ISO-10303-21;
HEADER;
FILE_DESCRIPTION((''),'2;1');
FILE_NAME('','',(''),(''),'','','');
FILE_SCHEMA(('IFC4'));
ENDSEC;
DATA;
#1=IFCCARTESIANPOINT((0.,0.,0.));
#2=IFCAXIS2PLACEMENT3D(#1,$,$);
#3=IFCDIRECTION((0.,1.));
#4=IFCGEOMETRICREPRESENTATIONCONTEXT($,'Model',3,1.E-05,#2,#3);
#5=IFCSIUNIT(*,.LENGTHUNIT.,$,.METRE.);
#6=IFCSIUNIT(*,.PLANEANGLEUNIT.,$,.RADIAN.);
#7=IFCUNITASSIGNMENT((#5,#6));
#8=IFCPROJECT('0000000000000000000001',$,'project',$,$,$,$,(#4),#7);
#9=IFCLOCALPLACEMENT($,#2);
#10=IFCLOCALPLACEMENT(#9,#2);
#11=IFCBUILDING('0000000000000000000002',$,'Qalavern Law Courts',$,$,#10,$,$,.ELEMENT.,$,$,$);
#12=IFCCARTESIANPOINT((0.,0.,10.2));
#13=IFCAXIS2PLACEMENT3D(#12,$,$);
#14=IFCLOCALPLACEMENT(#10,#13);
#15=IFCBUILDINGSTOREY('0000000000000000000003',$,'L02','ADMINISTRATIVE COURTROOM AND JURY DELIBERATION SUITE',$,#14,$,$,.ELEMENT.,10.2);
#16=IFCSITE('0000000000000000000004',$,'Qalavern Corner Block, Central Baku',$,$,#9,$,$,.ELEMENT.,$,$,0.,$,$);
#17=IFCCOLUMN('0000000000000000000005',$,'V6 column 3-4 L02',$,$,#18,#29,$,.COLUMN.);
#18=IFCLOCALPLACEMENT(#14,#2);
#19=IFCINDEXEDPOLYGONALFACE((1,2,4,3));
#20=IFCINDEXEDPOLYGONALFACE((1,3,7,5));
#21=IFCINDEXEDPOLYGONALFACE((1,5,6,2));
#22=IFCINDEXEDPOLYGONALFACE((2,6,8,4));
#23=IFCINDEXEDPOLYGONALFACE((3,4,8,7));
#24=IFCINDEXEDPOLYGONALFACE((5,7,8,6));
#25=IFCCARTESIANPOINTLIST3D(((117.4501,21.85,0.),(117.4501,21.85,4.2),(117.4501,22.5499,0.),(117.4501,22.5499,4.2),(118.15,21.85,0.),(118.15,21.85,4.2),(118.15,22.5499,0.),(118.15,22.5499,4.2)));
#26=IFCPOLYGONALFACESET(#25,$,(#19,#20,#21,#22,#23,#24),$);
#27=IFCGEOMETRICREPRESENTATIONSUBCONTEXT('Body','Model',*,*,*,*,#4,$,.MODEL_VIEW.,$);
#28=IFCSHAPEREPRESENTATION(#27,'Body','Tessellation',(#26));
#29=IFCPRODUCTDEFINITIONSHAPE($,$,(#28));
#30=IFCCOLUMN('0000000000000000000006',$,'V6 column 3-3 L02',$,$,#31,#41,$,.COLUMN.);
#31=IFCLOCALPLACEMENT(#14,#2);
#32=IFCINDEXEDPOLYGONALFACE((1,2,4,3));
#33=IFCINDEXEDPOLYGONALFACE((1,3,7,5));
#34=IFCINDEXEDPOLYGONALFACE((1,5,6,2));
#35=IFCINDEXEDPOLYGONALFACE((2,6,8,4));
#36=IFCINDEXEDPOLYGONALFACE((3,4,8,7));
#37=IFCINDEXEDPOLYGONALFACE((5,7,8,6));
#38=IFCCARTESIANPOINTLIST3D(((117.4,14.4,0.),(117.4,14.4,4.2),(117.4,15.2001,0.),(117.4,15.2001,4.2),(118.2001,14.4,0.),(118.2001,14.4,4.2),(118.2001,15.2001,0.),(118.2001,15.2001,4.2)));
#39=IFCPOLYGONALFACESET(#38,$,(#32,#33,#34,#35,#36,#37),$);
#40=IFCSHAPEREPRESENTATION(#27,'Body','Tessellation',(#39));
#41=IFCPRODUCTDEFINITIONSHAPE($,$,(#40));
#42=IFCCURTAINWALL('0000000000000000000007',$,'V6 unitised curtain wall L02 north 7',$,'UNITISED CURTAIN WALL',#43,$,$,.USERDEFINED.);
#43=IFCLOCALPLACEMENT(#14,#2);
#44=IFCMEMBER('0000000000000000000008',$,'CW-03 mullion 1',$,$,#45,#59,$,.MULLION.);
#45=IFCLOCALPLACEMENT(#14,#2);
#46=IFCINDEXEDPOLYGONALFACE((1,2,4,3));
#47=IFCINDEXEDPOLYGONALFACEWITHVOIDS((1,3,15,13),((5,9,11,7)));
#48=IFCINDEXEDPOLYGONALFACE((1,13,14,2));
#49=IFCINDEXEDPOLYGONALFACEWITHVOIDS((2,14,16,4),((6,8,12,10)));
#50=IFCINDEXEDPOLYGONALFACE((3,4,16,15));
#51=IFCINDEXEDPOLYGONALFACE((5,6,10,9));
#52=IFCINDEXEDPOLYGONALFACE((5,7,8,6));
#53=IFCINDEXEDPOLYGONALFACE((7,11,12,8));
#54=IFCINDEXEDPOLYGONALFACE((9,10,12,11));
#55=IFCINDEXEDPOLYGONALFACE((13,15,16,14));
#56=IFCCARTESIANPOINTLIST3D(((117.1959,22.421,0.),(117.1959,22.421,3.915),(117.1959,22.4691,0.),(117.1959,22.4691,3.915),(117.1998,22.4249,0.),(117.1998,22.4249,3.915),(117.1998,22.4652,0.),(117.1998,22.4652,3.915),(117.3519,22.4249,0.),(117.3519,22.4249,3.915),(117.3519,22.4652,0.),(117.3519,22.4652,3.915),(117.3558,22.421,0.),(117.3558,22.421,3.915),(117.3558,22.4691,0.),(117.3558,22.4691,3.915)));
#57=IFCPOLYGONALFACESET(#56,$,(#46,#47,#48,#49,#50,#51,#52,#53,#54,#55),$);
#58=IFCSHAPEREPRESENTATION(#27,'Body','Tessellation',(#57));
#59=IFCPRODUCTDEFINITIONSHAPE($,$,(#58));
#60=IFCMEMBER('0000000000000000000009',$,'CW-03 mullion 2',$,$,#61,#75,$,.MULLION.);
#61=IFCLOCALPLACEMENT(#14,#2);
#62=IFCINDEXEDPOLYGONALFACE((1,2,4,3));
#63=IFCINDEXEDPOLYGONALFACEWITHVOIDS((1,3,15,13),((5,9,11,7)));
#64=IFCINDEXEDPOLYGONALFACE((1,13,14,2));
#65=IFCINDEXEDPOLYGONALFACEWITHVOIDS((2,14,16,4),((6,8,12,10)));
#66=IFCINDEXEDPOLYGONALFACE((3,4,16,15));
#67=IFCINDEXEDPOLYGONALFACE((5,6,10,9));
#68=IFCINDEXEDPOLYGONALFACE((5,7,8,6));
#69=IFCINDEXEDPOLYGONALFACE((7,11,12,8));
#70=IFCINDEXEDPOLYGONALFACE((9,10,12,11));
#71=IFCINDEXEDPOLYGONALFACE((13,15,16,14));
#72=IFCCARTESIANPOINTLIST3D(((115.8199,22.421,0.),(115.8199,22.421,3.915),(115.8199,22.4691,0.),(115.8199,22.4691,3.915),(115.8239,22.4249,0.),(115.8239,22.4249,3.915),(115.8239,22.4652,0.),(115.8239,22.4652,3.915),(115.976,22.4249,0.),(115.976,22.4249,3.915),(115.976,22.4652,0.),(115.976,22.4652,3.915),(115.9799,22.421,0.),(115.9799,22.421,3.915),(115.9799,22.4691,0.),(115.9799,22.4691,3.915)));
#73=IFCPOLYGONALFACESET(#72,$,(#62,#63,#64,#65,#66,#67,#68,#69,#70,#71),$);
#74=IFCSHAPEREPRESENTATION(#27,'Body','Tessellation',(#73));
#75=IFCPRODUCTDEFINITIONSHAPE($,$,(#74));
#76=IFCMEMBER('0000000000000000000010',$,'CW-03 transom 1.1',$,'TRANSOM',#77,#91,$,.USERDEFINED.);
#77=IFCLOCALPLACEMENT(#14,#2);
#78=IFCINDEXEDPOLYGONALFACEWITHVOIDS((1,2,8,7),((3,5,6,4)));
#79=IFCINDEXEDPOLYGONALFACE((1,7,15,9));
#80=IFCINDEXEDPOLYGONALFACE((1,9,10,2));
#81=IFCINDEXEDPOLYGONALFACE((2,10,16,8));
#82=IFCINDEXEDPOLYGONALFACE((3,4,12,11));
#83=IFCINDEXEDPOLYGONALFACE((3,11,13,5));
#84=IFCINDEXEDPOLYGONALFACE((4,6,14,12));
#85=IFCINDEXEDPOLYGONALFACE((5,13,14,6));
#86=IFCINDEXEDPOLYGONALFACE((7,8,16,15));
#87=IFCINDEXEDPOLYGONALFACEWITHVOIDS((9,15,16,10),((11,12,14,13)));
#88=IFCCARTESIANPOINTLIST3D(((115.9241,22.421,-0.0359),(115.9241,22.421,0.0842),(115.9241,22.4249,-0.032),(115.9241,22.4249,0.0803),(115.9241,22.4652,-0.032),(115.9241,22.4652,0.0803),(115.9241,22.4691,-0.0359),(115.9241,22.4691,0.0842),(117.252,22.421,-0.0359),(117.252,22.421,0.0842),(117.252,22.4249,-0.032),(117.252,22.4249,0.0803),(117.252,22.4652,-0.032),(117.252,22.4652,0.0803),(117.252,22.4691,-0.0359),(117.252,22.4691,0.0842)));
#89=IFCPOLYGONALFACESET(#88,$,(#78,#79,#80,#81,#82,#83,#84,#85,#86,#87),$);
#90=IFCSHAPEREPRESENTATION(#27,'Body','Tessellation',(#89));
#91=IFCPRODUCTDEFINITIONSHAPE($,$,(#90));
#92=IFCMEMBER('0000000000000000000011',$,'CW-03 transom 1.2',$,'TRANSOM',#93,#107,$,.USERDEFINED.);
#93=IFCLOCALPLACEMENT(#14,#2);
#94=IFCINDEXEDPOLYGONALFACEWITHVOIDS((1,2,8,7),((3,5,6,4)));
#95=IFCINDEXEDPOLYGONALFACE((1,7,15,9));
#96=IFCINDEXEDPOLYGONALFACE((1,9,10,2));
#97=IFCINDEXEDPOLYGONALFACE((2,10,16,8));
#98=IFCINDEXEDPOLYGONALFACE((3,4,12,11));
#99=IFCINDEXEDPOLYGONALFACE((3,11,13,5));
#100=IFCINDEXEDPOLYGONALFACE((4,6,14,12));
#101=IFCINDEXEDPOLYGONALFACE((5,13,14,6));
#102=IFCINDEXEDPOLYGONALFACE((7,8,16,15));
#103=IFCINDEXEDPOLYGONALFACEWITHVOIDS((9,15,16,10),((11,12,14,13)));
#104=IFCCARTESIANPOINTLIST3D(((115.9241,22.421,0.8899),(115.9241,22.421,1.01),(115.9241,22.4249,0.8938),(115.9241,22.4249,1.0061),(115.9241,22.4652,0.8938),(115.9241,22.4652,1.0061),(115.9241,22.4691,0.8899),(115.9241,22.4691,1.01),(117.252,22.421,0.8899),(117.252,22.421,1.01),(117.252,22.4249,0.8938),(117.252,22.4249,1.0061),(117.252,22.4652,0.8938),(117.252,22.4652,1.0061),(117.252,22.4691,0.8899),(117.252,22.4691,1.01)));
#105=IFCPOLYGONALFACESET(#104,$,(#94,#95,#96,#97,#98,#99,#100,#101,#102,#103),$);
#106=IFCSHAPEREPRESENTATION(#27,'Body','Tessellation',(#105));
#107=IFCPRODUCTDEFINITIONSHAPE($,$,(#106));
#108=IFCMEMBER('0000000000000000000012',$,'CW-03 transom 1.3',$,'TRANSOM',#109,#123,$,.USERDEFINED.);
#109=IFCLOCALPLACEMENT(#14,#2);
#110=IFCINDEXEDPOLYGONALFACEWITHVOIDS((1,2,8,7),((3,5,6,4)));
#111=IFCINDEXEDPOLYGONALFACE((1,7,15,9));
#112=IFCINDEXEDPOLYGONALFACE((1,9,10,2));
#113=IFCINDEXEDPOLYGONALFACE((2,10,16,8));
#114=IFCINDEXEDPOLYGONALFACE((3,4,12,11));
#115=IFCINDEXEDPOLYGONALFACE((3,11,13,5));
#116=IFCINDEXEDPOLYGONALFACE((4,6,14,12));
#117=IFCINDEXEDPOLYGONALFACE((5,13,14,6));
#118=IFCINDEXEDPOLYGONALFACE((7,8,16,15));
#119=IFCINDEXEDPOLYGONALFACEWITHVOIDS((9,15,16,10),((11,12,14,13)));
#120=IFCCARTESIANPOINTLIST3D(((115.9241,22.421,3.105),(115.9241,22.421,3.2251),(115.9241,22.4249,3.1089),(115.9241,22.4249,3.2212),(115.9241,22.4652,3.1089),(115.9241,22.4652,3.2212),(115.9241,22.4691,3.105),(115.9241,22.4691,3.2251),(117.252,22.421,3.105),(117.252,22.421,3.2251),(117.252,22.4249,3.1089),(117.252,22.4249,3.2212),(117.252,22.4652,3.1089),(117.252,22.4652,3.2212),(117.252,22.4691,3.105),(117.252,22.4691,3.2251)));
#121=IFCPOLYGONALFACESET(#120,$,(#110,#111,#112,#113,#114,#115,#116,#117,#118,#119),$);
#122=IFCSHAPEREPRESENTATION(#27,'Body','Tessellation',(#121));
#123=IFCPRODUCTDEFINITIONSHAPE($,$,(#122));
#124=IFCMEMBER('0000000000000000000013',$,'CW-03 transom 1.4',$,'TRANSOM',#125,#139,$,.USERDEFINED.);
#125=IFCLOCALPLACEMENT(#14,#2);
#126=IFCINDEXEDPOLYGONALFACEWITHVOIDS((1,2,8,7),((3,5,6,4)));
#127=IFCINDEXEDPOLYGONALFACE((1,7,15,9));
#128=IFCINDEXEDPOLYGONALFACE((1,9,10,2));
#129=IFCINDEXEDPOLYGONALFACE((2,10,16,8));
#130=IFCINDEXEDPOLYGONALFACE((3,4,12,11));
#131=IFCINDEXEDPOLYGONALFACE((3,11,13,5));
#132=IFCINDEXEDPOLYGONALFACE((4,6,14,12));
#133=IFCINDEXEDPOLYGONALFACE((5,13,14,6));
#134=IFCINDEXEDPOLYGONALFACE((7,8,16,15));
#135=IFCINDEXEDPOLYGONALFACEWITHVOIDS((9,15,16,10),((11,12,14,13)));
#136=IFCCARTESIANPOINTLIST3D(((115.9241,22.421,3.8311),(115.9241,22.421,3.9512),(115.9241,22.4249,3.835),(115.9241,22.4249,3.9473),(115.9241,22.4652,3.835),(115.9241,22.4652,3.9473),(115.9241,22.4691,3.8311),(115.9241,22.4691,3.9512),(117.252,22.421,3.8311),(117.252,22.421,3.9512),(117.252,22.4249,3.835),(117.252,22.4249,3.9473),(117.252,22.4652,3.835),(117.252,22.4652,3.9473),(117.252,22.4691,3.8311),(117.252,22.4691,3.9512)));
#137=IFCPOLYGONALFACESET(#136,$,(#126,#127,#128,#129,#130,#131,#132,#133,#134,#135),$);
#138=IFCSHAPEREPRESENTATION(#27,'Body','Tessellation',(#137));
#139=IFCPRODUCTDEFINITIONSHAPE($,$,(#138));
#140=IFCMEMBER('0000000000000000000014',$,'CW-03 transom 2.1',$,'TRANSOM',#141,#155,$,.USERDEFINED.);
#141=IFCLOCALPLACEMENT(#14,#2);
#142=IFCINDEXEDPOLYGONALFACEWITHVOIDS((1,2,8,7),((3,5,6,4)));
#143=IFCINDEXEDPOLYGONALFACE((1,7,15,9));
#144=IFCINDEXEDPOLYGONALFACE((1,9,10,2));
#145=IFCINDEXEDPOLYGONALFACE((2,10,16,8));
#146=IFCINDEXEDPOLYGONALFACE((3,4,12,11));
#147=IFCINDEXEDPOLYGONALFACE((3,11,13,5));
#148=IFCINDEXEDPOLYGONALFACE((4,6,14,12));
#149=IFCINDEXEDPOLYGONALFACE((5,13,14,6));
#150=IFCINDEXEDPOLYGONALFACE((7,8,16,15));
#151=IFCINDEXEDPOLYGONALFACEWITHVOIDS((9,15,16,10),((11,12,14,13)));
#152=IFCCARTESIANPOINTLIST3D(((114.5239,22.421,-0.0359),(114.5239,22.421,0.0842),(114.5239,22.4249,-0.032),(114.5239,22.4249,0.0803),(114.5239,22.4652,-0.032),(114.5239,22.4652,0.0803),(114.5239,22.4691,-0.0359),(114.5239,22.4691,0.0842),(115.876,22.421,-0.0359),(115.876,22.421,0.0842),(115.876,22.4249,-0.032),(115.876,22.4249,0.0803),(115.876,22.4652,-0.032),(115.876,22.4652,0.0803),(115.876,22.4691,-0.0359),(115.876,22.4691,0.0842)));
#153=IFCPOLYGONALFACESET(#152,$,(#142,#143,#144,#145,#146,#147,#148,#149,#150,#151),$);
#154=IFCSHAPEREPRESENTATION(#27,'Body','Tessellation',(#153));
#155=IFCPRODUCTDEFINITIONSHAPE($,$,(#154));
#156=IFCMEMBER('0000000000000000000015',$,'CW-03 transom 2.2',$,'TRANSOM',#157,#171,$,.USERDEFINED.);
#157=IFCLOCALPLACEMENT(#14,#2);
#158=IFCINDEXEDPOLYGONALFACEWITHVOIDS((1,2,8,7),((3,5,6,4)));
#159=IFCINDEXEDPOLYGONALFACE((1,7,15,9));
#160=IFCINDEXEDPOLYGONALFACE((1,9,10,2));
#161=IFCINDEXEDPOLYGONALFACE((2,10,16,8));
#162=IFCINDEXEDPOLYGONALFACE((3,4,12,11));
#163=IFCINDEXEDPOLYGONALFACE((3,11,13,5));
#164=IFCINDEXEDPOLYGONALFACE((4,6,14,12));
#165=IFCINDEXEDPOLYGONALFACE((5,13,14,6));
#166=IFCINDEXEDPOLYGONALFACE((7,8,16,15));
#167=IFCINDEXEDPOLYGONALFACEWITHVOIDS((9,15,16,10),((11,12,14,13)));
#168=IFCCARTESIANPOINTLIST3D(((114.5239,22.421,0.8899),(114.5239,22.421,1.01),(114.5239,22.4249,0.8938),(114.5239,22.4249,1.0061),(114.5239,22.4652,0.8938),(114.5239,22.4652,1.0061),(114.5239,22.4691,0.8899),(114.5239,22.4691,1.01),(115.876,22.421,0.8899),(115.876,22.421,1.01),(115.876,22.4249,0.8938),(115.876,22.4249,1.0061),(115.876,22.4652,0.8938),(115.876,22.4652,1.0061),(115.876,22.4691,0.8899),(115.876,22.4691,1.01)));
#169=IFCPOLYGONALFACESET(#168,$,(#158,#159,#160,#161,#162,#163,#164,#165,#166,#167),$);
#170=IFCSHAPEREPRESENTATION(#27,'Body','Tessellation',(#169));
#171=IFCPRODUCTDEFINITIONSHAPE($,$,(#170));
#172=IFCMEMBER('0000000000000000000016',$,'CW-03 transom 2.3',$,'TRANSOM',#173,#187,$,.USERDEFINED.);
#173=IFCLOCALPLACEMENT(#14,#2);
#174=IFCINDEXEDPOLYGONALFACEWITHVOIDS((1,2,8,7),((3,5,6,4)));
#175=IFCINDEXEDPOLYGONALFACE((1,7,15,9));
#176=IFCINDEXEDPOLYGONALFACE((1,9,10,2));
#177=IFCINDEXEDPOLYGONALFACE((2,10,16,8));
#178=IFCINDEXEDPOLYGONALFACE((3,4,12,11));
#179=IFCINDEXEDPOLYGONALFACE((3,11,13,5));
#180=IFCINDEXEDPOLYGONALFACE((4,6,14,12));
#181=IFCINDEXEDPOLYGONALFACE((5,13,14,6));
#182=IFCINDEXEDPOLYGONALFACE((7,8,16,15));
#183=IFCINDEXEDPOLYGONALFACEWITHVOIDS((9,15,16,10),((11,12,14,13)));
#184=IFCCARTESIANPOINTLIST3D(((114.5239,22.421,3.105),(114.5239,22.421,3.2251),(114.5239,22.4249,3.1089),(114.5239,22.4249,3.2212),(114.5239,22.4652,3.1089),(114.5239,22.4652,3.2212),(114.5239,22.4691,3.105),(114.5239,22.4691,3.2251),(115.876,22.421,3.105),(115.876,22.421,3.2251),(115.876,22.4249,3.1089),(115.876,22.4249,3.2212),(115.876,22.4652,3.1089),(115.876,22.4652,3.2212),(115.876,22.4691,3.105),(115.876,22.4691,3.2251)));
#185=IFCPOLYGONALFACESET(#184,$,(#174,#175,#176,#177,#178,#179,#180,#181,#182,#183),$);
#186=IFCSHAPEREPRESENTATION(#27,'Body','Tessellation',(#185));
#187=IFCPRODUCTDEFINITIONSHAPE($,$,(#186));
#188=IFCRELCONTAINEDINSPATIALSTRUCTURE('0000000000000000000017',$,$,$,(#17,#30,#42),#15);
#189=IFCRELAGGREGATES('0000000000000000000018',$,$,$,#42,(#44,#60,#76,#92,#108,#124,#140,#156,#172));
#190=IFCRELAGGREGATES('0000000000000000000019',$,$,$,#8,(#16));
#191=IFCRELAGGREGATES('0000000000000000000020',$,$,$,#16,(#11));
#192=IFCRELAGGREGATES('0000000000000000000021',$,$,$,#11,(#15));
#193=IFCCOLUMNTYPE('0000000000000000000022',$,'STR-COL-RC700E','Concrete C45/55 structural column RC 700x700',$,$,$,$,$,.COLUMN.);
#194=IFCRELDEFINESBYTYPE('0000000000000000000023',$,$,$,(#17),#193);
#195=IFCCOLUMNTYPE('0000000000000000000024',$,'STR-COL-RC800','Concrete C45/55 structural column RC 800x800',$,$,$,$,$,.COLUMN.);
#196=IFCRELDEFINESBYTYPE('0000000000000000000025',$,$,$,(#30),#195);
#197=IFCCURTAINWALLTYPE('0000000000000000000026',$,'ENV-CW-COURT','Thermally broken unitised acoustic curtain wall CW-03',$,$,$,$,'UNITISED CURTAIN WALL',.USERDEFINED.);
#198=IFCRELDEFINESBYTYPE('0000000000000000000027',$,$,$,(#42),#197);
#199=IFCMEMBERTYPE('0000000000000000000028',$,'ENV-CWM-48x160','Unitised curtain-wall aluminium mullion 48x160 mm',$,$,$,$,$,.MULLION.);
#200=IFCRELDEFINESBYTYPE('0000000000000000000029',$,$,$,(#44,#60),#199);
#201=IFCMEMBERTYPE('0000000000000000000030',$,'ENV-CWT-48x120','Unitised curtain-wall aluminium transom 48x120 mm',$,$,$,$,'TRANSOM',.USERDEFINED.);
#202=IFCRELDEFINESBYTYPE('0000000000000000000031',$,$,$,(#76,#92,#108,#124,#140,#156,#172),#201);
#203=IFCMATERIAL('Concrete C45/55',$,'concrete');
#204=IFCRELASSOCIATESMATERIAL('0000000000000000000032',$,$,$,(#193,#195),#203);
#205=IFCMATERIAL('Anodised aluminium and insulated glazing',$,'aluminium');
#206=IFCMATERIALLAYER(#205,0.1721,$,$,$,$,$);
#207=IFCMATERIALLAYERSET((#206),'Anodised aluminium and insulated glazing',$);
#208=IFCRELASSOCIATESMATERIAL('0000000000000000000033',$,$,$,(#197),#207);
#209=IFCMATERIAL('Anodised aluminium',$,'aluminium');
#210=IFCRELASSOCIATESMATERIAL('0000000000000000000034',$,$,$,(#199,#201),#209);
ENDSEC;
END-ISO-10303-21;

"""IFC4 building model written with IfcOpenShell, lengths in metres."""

from ifc_helpers import new_model, si_unit, direction, frame, origin, origin_2d, place, context, subcontext, project, spatial, rectangle, hollow_rectangle, extrude, material, layer, layer_set, material_profile, profile_set, type_object, element, aggregate, save


model = new_model("IFC4")

# Units and contexts
model_context = context("Model", 3, precision=1e-05, world=origin(), true_north=direction((0.0, 1.0)))
body_context = subcontext(model_context, "Body", "Model", "MODEL_VIEW")
ifc_project = project(units=[si_unit("LENGTHUNIT", "METRE"), si_unit("PLANEANGLEUNIT", "RADIAN")], contexts=[model_context])

# Site, building, storey
site_placement = place(None, origin())
site = spatial("IfcSite", under=ifc_project, at=site_placement, Name="Qalavern Corner Block, Central Baku", CompositionType="ELEMENT", RefElevation=0.0)
building_placement = place(site_placement, origin())
building = spatial("IfcBuilding", under=site, at=building_placement, Name="Qalavern Law Courts", CompositionType="ELEMENT")
storey_placement = place(building_placement, frame((0.0, 0.0, 10.2)))
storey = spatial("IfcBuildingStorey", under=building, at=storey_placement, Name="L02", Description="ADMINISTRATIVE COURTROOM AND JURY DELIBERATION SUITE", CompositionType="ELEMENT", Elevation=10.2)

# Columns
ifc_material_1 = material(Name="Concrete C45/55", Category="concrete")
ifc_material_profile_1 = material_profile(ifc_material_1, rectangle(XDim=0.7, YDim=0.7, at=origin_2d()), Name="RC 700x700")
ifc_profile_set_1 = profile_set([ifc_material_profile_1], Name="Concrete C45/55")
column_type_1 = type_object("IfcColumnType", Name="STR-COL-RC700E", Description="Concrete C45/55 structural column RC 700x700", PredefinedType="COLUMN", material=ifc_profile_set_1)
column_1_placement = place(storey_placement, frame((117.8, 22.2, 0.0), z_axis=(0.0, 0.0, 1.0), x_axis=(1.0, 0.0, 0.0)))
element("IfcColumn", 1, at=column_1_placement, inside=storey, type_object=column_type_1, Name="V6 column 3-4 L02", PredefinedType="COLUMN", context=body_context, shape_type="SweptSolid", body=[
    extrude(rectangle(XDim=0.7, YDim=0.7, at=origin_2d()), origin(), (0.0, 0.0, 1.0), 4.2),
])
ifc_material_profile_2 = material_profile(ifc_material_1, rectangle(XDim=0.8, YDim=0.8, at=origin_2d()), Name="RC 800x800")
ifc_profile_set_2 = profile_set([ifc_material_profile_2], Name="Concrete C45/55")
column_type_2 = type_object("IfcColumnType", Name="STR-COL-RC800", Description="Concrete C45/55 structural column RC 800x800", PredefinedType="COLUMN", material=ifc_profile_set_2)
column_2_placement = place(storey_placement, frame((117.8, 14.8, 0.0), z_axis=(0.0, 0.0, 1.0), x_axis=(1.0, 0.0, 0.0)))
element("IfcColumn", 2, at=column_2_placement, inside=storey, type_object=column_type_2, Name="V6 column 3-3 L02", PredefinedType="COLUMN", context=body_context, shape_type="SweptSolid", body=[
    extrude(rectangle(XDim=0.8, YDim=0.8, at=origin_2d()), origin(), (0.0, 0.0, 1.0), 4.2),
])

# Curtain wall, members
ifc_material_2 = material(Name="Anodised aluminium and insulated glazing", Category="aluminium")
ifc_layer_1 = layer(ifc_material_2, 0.1721)
ifc_layer_set_1 = layer_set([ifc_layer_1], Name="Anodised aluminium and insulated glazing")
curtain_wall_type = type_object("IfcCurtainWallType", Name="ENV-CW-COURT", Description="Thermally broken unitised acoustic curtain wall CW-03", ElementType="UNITISED CURTAIN WALL", PredefinedType="USERDEFINED", material=ifc_layer_set_1)
curtain_wall_placement = place(storey_placement, origin())
curtain_wall = element("IfcCurtainWall", 3, at=curtain_wall_placement, inside=storey, type_object=curtain_wall_type, Name="V6 unitised curtain wall L02 north 7", ObjectType="UNITISED CURTAIN WALL", PredefinedType="USERDEFINED")
ifc_material_3 = material(Name="Anodised aluminium", Category="aluminium")
ifc_material_profile_3 = material_profile(ifc_material_3, hollow_rectangle(XDim=0.0481, YDim=0.1599, WallThickness=0.0039, at=origin_2d()), Name="ALU MULLION 48x160")
ifc_profile_set_3 = profile_set([ifc_material_profile_3], Name="Anodised aluminium")
member_type_1 = type_object("IfcMemberType", Name="ENV-CWM-48x160", Description="Unitised curtain-wall aluminium mullion 48x160 mm", PredefinedType="MULLION", material=ifc_profile_set_3)
member_1_placement = place(storey_placement, frame((117.2759, 22.4451, 0.0), z_axis=(0.0, 0.0, 1.0), x_axis=(0.0, -1.0, 0.0)))
member_1 = element("IfcMember", 4, at=member_1_placement, type_object=member_type_1, Name="CW-03 mullion 1", PredefinedType="MULLION", context=body_context, shape_type="SweptSolid", body=[
    extrude(hollow_rectangle(XDim=0.0481, YDim=0.1599, WallThickness=0.0039, at=origin_2d()), origin(), (0.0, 0.0, 1.0), 3.915),
])
member_2_placement = place(storey_placement, frame((115.8999, 22.4451, 0.0), z_axis=(0.0, 0.0, 1.0), x_axis=(0.0, -1.0, 0.0)))
member_2 = element("IfcMember", 5, at=member_2_placement, type_object=member_type_1, Name="CW-03 mullion 2", PredefinedType="MULLION", context=body_context, shape_type="SweptSolid", body=[
    extrude(hollow_rectangle(XDim=0.0481, YDim=0.1599, WallThickness=0.0039, at=origin_2d()), origin(), (0.0, 0.0, 1.0), 3.915),
])
ifc_material_profile_4 = material_profile(ifc_material_3, hollow_rectangle(XDim=0.0481, YDim=0.1201, WallThickness=0.0039, at=origin_2d()), Name="ALU TRANSOM 48x120")
ifc_profile_set_4 = profile_set([ifc_material_profile_4], Name="Anodised aluminium")
member_type_2 = type_object("IfcMemberType", Name="ENV-CWT-48x120", Description="Unitised curtain-wall aluminium transom 48x120 mm", ElementType="TRANSOM", PredefinedType="USERDEFINED", material=ifc_profile_set_4)
member_3_placement = place(storey_placement, frame((117.252, 22.4451, 0.0242), z_axis=(-1.0, 0.0, 0.0), x_axis=(0.0, -1.0, 0.0)))
member_3 = element("IfcMember", 6, at=member_3_placement, type_object=member_type_2, Name="CW-03 transom 1.1", ObjectType="TRANSOM", PredefinedType="USERDEFINED", context=body_context, shape_type="SweptSolid", body=[
    extrude(hollow_rectangle(XDim=0.0481, YDim=0.1201, WallThickness=0.0039, at=origin_2d()), origin(), (0.0, 0.0, 1.0), 1.3279),
])
member_4_placement = place(storey_placement, frame((117.252, 22.4451, 0.95), z_axis=(-1.0, 0.0, 0.0), x_axis=(0.0, -1.0, 0.0)))
member_4 = element("IfcMember", 7, at=member_4_placement, type_object=member_type_2, Name="CW-03 transom 1.2", ObjectType="TRANSOM", PredefinedType="USERDEFINED", context=body_context, shape_type="SweptSolid", body=[
    extrude(hollow_rectangle(XDim=0.0481, YDim=0.1201, WallThickness=0.0039, at=origin_2d()), origin(), (0.0, 0.0, 1.0), 1.3279),
])
member_5_placement = place(storey_placement, frame((117.252, 22.4451, 3.165), z_axis=(-1.0, 0.0, 0.0), x_axis=(0.0, -1.0, 0.0)))
member_5 = element("IfcMember", 8, at=member_5_placement, type_object=member_type_2, Name="CW-03 transom 1.3", ObjectType="TRANSOM", PredefinedType="USERDEFINED", context=body_context, shape_type="SweptSolid", body=[
    extrude(hollow_rectangle(XDim=0.0481, YDim=0.1201, WallThickness=0.0039, at=origin_2d()), origin(), (0.0, 0.0, 1.0), 1.3279),
])
member_6_placement = place(storey_placement, frame((117.252, 22.4451, 3.8911), z_axis=(-1.0, 0.0, 0.0), x_axis=(0.0, -1.0, 0.0)))
member_6 = element("IfcMember", 9, at=member_6_placement, type_object=member_type_2, Name="CW-03 transom 1.4", ObjectType="TRANSOM", PredefinedType="USERDEFINED", context=body_context, shape_type="SweptSolid", body=[
    extrude(hollow_rectangle(XDim=0.0481, YDim=0.1201, WallThickness=0.0039, at=origin_2d()), origin(), (0.0, 0.0, 1.0), 1.3279),
])
member_7_placement = place(storey_placement, frame((115.876, 22.4451, 0.0242), z_axis=(-1.0, 0.0, 0.0), x_axis=(0.0, -1.0, 0.0)))
member_7 = element("IfcMember", 10, at=member_7_placement, type_object=member_type_2, Name="CW-03 transom 2.1", ObjectType="TRANSOM", PredefinedType="USERDEFINED", context=body_context, shape_type="SweptSolid", body=[
    extrude(hollow_rectangle(XDim=0.0481, YDim=0.1201, WallThickness=0.0039, at=origin_2d()), origin(), (0.0, 0.0, 1.0), 1.3521),
])
member_8_placement = place(storey_placement, frame((115.876, 22.4451, 0.95), z_axis=(-1.0, 0.0, 0.0), x_axis=(0.0, -1.0, 0.0)))
member_8 = element("IfcMember", 11, at=member_8_placement, type_object=member_type_2, Name="CW-03 transom 2.2", ObjectType="TRANSOM", PredefinedType="USERDEFINED", context=body_context, shape_type="SweptSolid", body=[
    extrude(hollow_rectangle(XDim=0.0481, YDim=0.1201, WallThickness=0.0039, at=origin_2d()), origin(), (0.0, 0.0, 1.0), 1.3521),
])
member_9_placement = place(storey_placement, frame((115.876, 22.4451, 3.165), z_axis=(-1.0, 0.0, 0.0), x_axis=(0.0, -1.0, 0.0)))
member_9 = element("IfcMember", 12, at=member_9_placement, type_object=member_type_2, Name="CW-03 transom 2.3", ObjectType="TRANSOM", PredefinedType="USERDEFINED", context=body_context, shape_type="SweptSolid", body=[
    extrude(hollow_rectangle(XDim=0.0481, YDim=0.1201, WallThickness=0.0039, at=origin_2d()), origin(), (0.0, 0.0, 1.0), 1.3521),
])

aggregate(curtain_wall, [member_1, member_2, member_3, member_4, member_5, member_6, member_7, member_8, member_9])

save(model, "model.ifc")
